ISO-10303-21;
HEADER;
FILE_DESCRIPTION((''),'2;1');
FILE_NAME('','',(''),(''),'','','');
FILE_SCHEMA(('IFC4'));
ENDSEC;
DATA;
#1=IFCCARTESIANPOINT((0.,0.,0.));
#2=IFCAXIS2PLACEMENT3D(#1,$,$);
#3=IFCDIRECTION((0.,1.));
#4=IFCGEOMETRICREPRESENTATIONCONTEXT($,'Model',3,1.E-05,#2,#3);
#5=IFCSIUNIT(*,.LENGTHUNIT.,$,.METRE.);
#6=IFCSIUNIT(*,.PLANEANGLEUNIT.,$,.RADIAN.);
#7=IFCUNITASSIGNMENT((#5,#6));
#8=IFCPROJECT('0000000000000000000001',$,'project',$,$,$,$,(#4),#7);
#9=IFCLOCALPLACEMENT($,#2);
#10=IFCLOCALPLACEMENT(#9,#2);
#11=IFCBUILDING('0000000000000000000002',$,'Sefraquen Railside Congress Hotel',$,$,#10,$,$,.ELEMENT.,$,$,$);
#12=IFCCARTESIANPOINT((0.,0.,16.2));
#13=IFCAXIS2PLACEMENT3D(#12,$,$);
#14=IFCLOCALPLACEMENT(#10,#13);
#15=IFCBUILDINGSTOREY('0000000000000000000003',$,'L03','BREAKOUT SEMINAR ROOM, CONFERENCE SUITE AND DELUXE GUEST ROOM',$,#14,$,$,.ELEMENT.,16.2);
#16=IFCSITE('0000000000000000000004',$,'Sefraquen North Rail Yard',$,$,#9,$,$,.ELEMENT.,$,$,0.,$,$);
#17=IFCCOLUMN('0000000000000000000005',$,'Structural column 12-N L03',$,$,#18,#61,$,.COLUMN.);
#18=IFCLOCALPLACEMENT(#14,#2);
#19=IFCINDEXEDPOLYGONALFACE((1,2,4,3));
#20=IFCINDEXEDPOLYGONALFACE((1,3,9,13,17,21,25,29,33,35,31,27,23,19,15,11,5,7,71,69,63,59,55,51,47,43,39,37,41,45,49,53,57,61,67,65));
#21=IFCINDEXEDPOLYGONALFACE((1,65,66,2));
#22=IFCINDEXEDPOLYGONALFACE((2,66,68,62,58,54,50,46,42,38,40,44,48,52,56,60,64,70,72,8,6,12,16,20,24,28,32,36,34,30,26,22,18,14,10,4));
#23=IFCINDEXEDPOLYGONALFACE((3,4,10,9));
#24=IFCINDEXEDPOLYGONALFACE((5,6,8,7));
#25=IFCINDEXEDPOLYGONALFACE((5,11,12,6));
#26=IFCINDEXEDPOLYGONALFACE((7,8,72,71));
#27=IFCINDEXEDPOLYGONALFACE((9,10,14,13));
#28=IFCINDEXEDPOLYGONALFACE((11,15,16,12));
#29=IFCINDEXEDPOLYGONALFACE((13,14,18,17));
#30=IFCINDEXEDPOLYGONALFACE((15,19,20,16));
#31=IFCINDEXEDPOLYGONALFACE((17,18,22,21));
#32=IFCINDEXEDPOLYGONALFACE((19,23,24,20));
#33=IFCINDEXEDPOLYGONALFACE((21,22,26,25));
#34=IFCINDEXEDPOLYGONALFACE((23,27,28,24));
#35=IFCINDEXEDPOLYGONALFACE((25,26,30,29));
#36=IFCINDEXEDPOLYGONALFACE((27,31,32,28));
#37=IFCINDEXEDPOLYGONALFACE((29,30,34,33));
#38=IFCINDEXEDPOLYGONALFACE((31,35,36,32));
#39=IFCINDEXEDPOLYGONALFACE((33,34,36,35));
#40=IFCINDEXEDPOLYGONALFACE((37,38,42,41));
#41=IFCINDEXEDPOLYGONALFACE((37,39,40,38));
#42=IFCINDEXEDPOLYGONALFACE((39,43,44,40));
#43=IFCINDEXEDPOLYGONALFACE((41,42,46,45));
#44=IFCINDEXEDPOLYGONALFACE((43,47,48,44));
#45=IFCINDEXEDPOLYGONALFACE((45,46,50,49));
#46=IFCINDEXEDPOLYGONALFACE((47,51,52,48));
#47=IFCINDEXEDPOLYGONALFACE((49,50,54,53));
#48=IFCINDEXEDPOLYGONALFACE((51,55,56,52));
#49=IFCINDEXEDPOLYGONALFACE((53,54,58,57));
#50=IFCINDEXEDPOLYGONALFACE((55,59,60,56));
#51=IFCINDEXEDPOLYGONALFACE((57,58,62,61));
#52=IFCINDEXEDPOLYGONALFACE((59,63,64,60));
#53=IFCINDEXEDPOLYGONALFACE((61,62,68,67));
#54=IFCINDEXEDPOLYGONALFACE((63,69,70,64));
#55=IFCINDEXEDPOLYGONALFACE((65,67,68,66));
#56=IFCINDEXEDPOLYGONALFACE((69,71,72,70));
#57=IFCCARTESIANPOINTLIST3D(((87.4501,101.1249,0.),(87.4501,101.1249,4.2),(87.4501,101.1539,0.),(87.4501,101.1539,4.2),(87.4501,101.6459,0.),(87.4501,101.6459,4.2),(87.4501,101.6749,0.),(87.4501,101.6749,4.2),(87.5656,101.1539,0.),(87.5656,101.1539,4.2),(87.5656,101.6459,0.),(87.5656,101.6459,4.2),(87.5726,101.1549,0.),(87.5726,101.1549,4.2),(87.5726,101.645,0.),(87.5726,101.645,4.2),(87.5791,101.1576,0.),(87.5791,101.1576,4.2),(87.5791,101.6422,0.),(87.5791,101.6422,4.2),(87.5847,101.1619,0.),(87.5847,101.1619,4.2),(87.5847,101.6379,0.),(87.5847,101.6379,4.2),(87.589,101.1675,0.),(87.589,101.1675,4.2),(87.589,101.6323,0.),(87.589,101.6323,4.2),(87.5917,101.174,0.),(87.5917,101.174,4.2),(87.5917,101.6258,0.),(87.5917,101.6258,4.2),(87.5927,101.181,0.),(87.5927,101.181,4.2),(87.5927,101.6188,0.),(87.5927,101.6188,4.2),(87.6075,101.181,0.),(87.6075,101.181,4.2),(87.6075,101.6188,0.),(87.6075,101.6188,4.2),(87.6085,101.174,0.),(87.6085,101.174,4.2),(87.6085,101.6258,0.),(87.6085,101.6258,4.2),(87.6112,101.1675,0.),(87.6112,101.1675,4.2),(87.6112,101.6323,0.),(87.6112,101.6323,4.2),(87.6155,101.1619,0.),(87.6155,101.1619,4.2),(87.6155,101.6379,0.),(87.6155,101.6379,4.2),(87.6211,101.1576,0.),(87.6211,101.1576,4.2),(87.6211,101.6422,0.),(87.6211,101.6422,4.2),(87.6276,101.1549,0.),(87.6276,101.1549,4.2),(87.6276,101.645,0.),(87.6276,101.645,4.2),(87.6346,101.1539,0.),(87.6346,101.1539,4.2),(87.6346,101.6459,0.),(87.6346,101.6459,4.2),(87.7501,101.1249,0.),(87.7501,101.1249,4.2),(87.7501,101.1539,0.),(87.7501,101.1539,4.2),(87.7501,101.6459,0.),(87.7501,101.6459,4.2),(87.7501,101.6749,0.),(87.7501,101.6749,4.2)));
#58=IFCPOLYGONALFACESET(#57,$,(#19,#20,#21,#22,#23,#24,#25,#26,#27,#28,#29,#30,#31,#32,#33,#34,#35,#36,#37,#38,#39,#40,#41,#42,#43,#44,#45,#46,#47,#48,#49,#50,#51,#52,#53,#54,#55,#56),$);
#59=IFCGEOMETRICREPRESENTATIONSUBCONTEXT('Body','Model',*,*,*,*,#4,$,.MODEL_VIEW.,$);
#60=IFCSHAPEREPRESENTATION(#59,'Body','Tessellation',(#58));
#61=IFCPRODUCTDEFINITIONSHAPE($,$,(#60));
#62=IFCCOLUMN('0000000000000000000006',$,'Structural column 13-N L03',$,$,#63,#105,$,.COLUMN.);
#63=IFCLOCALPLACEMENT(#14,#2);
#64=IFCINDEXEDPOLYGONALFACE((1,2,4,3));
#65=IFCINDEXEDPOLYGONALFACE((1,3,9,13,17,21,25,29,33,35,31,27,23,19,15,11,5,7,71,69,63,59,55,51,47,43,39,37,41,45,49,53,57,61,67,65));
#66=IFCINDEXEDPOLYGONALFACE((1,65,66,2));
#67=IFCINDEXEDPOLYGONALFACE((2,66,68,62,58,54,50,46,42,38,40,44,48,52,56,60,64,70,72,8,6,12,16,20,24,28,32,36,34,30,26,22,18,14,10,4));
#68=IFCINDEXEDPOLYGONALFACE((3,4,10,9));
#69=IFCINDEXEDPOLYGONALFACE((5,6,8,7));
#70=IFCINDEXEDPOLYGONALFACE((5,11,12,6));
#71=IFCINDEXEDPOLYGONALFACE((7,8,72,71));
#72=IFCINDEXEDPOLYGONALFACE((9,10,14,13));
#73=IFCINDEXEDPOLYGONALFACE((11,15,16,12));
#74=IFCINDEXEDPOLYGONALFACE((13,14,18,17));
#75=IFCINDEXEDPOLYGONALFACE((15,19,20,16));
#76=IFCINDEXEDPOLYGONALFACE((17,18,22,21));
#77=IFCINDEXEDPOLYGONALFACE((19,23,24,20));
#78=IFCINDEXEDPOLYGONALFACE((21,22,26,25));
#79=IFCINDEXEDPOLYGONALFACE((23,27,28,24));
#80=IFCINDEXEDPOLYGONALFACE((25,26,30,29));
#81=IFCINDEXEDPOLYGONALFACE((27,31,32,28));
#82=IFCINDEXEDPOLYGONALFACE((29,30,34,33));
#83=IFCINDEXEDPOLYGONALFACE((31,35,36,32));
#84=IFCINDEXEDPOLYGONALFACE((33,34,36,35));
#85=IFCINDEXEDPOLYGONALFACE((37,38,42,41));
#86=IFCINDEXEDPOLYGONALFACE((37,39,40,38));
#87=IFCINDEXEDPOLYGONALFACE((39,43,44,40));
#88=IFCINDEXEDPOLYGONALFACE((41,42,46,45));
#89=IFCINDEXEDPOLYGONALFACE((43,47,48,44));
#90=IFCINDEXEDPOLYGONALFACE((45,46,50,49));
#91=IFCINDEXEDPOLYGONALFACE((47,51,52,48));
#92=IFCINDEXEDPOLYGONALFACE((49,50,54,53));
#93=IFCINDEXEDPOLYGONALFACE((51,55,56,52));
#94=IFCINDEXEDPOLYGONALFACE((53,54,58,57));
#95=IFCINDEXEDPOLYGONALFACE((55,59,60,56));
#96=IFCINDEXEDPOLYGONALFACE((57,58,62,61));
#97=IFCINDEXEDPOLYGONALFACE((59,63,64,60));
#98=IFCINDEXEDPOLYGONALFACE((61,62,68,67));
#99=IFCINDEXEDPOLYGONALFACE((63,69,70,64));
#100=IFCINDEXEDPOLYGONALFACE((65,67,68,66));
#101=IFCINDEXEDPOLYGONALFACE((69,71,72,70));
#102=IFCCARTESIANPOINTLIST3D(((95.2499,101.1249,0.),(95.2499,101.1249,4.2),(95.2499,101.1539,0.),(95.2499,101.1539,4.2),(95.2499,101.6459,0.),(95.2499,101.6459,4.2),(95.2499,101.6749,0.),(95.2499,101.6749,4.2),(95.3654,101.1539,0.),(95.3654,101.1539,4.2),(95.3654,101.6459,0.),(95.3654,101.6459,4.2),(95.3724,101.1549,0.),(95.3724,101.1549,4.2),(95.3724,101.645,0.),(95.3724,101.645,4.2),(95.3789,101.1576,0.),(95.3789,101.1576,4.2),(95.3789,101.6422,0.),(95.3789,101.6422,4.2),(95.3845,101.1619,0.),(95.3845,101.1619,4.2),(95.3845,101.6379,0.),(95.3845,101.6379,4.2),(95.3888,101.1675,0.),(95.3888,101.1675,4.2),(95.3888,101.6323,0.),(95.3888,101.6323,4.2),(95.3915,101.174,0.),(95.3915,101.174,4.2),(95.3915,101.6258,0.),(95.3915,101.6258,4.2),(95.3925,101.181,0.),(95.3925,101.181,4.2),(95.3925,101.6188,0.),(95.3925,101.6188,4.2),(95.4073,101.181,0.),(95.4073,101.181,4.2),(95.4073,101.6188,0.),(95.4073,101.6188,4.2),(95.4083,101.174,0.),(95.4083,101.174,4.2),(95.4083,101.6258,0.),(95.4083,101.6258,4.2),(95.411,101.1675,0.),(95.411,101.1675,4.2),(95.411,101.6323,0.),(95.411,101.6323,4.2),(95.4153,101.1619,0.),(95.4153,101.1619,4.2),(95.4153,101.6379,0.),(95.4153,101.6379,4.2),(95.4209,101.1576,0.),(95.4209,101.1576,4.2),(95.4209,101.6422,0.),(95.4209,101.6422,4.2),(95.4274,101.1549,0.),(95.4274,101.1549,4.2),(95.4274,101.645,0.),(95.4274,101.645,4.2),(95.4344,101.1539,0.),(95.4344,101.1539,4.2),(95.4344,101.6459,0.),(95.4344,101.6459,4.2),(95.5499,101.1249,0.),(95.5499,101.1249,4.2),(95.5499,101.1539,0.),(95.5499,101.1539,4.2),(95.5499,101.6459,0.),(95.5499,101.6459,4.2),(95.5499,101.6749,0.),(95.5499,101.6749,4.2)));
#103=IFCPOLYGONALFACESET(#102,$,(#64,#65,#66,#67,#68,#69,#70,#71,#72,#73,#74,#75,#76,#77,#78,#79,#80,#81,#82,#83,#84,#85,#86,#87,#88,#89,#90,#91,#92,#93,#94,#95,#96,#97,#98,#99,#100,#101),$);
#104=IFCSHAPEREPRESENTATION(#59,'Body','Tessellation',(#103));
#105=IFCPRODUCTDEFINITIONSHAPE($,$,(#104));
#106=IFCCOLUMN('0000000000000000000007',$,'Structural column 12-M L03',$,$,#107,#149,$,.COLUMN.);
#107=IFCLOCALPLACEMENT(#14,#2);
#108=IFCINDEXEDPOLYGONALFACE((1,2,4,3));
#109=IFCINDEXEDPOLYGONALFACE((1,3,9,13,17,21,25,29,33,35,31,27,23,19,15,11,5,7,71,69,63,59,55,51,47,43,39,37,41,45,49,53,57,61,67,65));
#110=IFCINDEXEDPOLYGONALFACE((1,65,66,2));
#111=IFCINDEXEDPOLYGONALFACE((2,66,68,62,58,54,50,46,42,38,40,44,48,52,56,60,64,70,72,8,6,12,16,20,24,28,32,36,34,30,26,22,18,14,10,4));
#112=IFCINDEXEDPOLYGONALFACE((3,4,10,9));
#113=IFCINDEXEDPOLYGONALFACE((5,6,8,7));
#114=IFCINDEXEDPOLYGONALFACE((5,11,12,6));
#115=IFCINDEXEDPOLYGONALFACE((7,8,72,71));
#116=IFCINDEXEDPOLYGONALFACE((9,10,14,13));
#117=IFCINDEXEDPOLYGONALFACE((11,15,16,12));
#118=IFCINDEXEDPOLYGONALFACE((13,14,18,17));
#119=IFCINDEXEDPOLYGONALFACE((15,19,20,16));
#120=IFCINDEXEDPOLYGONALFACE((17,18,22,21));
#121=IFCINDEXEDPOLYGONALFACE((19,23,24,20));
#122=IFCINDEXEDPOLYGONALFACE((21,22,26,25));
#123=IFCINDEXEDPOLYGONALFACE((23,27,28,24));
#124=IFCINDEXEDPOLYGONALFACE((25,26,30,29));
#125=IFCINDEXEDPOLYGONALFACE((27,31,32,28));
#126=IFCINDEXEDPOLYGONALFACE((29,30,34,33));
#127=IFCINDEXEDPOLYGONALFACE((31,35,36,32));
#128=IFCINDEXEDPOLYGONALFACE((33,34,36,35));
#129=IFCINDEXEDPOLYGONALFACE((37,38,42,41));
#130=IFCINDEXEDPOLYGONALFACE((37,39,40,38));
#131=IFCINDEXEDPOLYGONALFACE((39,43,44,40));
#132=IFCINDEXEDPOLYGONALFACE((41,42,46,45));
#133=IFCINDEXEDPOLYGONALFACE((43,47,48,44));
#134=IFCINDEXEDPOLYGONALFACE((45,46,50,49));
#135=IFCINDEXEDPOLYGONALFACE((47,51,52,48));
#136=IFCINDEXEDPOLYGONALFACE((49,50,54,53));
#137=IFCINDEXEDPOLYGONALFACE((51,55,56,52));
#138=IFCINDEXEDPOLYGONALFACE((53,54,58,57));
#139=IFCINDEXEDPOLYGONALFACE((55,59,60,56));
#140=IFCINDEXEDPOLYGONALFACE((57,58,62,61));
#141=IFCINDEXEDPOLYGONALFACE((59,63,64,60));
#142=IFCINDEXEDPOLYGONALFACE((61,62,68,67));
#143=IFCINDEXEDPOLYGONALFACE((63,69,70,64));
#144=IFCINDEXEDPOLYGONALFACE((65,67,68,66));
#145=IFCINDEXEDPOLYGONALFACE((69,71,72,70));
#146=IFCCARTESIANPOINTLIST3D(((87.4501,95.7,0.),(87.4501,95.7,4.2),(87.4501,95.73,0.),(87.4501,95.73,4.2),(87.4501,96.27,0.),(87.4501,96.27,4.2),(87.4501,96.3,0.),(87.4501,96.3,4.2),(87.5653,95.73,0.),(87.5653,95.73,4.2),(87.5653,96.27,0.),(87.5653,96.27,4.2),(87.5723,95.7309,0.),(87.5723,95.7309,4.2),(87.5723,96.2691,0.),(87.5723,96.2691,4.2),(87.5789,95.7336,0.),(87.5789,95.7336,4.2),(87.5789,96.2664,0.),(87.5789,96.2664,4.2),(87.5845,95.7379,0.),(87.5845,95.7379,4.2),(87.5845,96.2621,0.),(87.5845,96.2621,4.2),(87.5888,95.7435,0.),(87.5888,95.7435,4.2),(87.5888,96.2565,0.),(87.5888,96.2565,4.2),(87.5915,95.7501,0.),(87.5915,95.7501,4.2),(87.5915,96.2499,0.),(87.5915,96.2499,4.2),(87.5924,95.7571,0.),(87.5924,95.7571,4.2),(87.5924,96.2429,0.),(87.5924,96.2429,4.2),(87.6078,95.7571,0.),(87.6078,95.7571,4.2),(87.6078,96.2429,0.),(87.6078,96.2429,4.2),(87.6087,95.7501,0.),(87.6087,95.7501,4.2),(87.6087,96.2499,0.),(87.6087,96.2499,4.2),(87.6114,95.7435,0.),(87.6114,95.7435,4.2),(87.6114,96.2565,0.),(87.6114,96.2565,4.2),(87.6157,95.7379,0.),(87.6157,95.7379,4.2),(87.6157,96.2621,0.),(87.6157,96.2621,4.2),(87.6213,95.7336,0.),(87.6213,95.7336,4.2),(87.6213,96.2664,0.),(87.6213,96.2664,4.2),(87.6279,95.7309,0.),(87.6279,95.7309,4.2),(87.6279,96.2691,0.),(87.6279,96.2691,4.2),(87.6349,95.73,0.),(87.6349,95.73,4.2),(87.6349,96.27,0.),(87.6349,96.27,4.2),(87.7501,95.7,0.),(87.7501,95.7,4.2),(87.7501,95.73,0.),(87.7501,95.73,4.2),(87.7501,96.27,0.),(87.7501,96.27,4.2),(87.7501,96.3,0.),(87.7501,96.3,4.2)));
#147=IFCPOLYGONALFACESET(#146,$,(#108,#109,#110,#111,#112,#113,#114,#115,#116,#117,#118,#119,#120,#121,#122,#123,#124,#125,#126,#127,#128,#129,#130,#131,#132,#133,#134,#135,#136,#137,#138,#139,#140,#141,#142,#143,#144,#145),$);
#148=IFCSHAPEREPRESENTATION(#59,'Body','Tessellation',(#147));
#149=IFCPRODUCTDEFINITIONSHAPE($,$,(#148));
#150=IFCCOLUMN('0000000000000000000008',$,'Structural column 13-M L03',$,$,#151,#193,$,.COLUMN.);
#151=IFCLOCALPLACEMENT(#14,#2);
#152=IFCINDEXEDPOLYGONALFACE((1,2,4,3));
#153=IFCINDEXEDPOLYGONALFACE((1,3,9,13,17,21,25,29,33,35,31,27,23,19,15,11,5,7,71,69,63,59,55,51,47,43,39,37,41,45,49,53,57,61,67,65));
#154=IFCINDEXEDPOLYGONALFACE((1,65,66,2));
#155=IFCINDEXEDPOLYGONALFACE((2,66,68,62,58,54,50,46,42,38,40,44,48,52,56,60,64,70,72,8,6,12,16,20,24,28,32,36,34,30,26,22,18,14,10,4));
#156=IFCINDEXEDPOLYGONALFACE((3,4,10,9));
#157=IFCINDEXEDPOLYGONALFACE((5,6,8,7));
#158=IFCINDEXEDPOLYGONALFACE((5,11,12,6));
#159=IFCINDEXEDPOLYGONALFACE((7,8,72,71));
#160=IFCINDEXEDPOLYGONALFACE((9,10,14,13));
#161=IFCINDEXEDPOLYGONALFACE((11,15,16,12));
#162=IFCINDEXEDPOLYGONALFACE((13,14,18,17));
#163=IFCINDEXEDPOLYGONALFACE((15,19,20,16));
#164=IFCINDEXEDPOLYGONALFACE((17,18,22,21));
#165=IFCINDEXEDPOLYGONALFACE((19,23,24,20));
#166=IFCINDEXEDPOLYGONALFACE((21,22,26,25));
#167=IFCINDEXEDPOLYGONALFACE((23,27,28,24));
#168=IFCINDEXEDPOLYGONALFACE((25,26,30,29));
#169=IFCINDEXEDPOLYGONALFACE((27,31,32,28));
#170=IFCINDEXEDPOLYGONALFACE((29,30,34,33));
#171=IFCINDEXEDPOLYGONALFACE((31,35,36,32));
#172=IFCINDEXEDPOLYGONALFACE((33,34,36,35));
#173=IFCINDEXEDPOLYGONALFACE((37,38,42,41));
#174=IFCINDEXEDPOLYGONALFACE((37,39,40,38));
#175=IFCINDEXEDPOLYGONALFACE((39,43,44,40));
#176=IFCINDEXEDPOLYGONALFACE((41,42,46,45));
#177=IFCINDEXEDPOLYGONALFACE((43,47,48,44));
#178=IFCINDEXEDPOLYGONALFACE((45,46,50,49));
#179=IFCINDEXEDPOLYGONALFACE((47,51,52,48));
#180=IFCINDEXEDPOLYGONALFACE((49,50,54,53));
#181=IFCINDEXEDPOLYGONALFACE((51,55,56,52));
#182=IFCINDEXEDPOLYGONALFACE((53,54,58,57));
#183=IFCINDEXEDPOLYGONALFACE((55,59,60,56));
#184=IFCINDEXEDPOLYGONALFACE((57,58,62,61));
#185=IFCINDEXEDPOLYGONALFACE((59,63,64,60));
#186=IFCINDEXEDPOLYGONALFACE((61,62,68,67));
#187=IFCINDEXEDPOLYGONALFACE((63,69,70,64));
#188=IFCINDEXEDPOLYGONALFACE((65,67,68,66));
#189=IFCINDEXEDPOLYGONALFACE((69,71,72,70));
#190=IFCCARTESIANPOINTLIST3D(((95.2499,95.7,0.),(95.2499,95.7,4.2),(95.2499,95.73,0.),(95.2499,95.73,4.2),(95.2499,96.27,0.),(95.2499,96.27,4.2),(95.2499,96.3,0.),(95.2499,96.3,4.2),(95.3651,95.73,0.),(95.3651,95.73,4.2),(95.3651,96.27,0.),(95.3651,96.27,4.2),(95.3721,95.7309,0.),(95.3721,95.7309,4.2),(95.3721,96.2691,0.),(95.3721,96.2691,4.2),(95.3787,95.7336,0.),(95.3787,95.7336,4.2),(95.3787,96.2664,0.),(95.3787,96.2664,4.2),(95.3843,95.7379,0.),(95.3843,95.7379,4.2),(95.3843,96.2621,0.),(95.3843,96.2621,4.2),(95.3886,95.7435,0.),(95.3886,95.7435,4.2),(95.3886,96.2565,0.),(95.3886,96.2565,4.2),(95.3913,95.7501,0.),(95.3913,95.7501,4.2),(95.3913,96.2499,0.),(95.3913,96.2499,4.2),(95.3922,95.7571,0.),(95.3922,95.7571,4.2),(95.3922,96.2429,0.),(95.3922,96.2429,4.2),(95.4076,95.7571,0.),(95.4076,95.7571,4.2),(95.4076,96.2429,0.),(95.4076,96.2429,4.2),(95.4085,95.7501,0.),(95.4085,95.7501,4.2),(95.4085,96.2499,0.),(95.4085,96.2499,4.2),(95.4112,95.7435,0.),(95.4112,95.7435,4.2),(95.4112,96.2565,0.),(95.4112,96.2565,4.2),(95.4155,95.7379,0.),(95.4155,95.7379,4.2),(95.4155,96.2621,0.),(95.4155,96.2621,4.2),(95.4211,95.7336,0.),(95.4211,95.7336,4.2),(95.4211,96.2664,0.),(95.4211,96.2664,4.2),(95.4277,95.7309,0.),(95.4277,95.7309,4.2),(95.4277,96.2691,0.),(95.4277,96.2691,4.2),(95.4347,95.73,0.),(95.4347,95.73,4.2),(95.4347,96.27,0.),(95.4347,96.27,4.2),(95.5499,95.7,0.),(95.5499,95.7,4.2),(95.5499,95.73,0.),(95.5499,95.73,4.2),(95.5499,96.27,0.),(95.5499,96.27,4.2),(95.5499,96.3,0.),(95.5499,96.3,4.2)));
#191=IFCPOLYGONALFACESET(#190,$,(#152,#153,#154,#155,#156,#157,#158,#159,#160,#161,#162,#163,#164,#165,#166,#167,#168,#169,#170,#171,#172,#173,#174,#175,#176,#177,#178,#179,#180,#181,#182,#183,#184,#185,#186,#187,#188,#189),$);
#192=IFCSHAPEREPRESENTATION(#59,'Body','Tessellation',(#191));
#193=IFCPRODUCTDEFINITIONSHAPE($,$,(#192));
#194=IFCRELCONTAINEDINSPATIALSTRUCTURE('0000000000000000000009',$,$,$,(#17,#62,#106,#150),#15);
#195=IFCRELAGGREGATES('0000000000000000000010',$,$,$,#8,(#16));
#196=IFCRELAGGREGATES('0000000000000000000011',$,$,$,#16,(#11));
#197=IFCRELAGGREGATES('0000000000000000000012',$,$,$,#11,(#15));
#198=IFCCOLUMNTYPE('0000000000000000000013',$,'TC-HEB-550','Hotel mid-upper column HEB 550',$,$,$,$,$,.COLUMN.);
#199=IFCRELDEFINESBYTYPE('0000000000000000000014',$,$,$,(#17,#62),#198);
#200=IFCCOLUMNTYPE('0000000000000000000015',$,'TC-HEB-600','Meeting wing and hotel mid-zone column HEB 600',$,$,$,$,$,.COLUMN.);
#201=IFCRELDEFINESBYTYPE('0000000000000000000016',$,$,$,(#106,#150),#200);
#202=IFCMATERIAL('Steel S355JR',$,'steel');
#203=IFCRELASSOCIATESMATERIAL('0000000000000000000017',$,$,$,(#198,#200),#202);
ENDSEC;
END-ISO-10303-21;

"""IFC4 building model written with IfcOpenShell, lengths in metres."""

from ifc_helpers import new_model, si_unit, direction, frame, origin, origin_2d, place, context, subcontext, project, spatial, i_section, extrude, material, material_profile, profile_set, type_object, element, save


model = new_model("IFC4")

# Units and contexts
model_context = context("Model", 3, precision=1e-05, world=origin(), true_north=direction((0.0, 1.0)))
body_context = subcontext(model_context, "Body", "Model", "MODEL_VIEW")
ifc_project = project(units=[si_unit("LENGTHUNIT", "METRE"), si_unit("PLANEANGLEUNIT", "RADIAN")], contexts=[model_context])

# Site, building, storey
site_placement = place(None, origin())
site = spatial("IfcSite", under=ifc_project, at=site_placement, Name="Sefraquen North Rail Yard", CompositionType="ELEMENT", RefElevation=0.0)
building_placement = place(site_placement, origin())
building = spatial("IfcBuilding", under=site, at=building_placement, Name="Sefraquen Railside Congress Hotel", CompositionType="ELEMENT")
storey_placement = place(building_placement, frame((0.0, 0.0, 16.2)))
storey = spatial("IfcBuildingStorey", under=building, at=storey_placement, Name="L03", Description="BREAKOUT SEMINAR ROOM, CONFERENCE SUITE AND DELUXE GUEST ROOM", CompositionType="ELEMENT", Elevation=16.2)

# Columns
ifc_material_1 = material(Name="Steel S355JR", Category="steel")
ifc_material_profile_1 = material_profile(ifc_material_1, i_section(OverallWidth=0.3, OverallDepth=0.55, WebThickness=0.0149, FlangeThickness=0.0291, FilletRadius=0.0271, at=origin_2d()), Name="HEB 550")
ifc_profile_set_1 = profile_set([ifc_material_profile_1], Name="Steel S355JR")
column_type_1 = type_object("IfcColumnType", Name="TC-HEB-550", Description="Hotel mid-upper column HEB 550", PredefinedType="COLUMN", material=ifc_profile_set_1)
for number, where, z_axis, x_axis, name in (
    (1, (87.6001, 101.3999, 0.0), (0.0, 0.0, 1.0), (1.0, 0.0, 0.0), "Structural column 12-N L03"),
    (2, (95.3999, 101.3999, 0.0), (0.0, 0.0, 1.0), (1.0, 0.0, 0.0), "Structural column 13-N L03"),
):
    element("IfcColumn", number, at=place(storey_placement, frame(where, z_axis=z_axis, x_axis=x_axis)), inside=storey, type_object=column_type_1, Name=name, PredefinedType="COLUMN", context=body_context, shape_type="SweptSolid", body=[
        extrude(i_section(OverallWidth=0.3, OverallDepth=0.55, WebThickness=0.0149, FlangeThickness=0.0291, FilletRadius=0.0271, at=origin_2d()), origin(), (0.0, 0.0, 1.0), 4.2),
    ])
ifc_material_profile_2 = material_profile(ifc_material_1, i_section(OverallWidth=0.3, OverallDepth=0.6001, WebThickness=0.0154, FlangeThickness=0.03, FilletRadius=0.0271, at=origin_2d()), Name="HEB 600")
ifc_profile_set_2 = profile_set([ifc_material_profile_2], Name="Steel S355JR")
column_type_2 = type_object("IfcColumnType", Name="TC-HEB-600", Description="Meeting wing and hotel mid-zone column HEB 600", PredefinedType="COLUMN", material=ifc_profile_set_2)
for number, where, z_axis, x_axis, name in (
    (3, (87.6001, 96.0, 0.0), (0.0, 0.0, 1.0), (1.0, 0.0, 0.0), "Structural column 12-M L03"),
    (4, (95.3999, 96.0, 0.0), (0.0, 0.0, 1.0), (1.0, 0.0, 0.0), "Structural column 13-M L03"),
):
    element("IfcColumn", number, at=place(storey_placement, frame(where, z_axis=z_axis, x_axis=x_axis)), inside=storey, type_object=column_type_2, Name=name, PredefinedType="COLUMN", context=body_context, shape_type="SweptSolid", body=[
        extrude(i_section(OverallWidth=0.3, OverallDepth=0.6001, WebThickness=0.0154, FlangeThickness=0.03, FilletRadius=0.0271, at=origin_2d()), origin(), (0.0, 0.0, 1.0), 4.2),
    ])

save(model, "model.ifc")
